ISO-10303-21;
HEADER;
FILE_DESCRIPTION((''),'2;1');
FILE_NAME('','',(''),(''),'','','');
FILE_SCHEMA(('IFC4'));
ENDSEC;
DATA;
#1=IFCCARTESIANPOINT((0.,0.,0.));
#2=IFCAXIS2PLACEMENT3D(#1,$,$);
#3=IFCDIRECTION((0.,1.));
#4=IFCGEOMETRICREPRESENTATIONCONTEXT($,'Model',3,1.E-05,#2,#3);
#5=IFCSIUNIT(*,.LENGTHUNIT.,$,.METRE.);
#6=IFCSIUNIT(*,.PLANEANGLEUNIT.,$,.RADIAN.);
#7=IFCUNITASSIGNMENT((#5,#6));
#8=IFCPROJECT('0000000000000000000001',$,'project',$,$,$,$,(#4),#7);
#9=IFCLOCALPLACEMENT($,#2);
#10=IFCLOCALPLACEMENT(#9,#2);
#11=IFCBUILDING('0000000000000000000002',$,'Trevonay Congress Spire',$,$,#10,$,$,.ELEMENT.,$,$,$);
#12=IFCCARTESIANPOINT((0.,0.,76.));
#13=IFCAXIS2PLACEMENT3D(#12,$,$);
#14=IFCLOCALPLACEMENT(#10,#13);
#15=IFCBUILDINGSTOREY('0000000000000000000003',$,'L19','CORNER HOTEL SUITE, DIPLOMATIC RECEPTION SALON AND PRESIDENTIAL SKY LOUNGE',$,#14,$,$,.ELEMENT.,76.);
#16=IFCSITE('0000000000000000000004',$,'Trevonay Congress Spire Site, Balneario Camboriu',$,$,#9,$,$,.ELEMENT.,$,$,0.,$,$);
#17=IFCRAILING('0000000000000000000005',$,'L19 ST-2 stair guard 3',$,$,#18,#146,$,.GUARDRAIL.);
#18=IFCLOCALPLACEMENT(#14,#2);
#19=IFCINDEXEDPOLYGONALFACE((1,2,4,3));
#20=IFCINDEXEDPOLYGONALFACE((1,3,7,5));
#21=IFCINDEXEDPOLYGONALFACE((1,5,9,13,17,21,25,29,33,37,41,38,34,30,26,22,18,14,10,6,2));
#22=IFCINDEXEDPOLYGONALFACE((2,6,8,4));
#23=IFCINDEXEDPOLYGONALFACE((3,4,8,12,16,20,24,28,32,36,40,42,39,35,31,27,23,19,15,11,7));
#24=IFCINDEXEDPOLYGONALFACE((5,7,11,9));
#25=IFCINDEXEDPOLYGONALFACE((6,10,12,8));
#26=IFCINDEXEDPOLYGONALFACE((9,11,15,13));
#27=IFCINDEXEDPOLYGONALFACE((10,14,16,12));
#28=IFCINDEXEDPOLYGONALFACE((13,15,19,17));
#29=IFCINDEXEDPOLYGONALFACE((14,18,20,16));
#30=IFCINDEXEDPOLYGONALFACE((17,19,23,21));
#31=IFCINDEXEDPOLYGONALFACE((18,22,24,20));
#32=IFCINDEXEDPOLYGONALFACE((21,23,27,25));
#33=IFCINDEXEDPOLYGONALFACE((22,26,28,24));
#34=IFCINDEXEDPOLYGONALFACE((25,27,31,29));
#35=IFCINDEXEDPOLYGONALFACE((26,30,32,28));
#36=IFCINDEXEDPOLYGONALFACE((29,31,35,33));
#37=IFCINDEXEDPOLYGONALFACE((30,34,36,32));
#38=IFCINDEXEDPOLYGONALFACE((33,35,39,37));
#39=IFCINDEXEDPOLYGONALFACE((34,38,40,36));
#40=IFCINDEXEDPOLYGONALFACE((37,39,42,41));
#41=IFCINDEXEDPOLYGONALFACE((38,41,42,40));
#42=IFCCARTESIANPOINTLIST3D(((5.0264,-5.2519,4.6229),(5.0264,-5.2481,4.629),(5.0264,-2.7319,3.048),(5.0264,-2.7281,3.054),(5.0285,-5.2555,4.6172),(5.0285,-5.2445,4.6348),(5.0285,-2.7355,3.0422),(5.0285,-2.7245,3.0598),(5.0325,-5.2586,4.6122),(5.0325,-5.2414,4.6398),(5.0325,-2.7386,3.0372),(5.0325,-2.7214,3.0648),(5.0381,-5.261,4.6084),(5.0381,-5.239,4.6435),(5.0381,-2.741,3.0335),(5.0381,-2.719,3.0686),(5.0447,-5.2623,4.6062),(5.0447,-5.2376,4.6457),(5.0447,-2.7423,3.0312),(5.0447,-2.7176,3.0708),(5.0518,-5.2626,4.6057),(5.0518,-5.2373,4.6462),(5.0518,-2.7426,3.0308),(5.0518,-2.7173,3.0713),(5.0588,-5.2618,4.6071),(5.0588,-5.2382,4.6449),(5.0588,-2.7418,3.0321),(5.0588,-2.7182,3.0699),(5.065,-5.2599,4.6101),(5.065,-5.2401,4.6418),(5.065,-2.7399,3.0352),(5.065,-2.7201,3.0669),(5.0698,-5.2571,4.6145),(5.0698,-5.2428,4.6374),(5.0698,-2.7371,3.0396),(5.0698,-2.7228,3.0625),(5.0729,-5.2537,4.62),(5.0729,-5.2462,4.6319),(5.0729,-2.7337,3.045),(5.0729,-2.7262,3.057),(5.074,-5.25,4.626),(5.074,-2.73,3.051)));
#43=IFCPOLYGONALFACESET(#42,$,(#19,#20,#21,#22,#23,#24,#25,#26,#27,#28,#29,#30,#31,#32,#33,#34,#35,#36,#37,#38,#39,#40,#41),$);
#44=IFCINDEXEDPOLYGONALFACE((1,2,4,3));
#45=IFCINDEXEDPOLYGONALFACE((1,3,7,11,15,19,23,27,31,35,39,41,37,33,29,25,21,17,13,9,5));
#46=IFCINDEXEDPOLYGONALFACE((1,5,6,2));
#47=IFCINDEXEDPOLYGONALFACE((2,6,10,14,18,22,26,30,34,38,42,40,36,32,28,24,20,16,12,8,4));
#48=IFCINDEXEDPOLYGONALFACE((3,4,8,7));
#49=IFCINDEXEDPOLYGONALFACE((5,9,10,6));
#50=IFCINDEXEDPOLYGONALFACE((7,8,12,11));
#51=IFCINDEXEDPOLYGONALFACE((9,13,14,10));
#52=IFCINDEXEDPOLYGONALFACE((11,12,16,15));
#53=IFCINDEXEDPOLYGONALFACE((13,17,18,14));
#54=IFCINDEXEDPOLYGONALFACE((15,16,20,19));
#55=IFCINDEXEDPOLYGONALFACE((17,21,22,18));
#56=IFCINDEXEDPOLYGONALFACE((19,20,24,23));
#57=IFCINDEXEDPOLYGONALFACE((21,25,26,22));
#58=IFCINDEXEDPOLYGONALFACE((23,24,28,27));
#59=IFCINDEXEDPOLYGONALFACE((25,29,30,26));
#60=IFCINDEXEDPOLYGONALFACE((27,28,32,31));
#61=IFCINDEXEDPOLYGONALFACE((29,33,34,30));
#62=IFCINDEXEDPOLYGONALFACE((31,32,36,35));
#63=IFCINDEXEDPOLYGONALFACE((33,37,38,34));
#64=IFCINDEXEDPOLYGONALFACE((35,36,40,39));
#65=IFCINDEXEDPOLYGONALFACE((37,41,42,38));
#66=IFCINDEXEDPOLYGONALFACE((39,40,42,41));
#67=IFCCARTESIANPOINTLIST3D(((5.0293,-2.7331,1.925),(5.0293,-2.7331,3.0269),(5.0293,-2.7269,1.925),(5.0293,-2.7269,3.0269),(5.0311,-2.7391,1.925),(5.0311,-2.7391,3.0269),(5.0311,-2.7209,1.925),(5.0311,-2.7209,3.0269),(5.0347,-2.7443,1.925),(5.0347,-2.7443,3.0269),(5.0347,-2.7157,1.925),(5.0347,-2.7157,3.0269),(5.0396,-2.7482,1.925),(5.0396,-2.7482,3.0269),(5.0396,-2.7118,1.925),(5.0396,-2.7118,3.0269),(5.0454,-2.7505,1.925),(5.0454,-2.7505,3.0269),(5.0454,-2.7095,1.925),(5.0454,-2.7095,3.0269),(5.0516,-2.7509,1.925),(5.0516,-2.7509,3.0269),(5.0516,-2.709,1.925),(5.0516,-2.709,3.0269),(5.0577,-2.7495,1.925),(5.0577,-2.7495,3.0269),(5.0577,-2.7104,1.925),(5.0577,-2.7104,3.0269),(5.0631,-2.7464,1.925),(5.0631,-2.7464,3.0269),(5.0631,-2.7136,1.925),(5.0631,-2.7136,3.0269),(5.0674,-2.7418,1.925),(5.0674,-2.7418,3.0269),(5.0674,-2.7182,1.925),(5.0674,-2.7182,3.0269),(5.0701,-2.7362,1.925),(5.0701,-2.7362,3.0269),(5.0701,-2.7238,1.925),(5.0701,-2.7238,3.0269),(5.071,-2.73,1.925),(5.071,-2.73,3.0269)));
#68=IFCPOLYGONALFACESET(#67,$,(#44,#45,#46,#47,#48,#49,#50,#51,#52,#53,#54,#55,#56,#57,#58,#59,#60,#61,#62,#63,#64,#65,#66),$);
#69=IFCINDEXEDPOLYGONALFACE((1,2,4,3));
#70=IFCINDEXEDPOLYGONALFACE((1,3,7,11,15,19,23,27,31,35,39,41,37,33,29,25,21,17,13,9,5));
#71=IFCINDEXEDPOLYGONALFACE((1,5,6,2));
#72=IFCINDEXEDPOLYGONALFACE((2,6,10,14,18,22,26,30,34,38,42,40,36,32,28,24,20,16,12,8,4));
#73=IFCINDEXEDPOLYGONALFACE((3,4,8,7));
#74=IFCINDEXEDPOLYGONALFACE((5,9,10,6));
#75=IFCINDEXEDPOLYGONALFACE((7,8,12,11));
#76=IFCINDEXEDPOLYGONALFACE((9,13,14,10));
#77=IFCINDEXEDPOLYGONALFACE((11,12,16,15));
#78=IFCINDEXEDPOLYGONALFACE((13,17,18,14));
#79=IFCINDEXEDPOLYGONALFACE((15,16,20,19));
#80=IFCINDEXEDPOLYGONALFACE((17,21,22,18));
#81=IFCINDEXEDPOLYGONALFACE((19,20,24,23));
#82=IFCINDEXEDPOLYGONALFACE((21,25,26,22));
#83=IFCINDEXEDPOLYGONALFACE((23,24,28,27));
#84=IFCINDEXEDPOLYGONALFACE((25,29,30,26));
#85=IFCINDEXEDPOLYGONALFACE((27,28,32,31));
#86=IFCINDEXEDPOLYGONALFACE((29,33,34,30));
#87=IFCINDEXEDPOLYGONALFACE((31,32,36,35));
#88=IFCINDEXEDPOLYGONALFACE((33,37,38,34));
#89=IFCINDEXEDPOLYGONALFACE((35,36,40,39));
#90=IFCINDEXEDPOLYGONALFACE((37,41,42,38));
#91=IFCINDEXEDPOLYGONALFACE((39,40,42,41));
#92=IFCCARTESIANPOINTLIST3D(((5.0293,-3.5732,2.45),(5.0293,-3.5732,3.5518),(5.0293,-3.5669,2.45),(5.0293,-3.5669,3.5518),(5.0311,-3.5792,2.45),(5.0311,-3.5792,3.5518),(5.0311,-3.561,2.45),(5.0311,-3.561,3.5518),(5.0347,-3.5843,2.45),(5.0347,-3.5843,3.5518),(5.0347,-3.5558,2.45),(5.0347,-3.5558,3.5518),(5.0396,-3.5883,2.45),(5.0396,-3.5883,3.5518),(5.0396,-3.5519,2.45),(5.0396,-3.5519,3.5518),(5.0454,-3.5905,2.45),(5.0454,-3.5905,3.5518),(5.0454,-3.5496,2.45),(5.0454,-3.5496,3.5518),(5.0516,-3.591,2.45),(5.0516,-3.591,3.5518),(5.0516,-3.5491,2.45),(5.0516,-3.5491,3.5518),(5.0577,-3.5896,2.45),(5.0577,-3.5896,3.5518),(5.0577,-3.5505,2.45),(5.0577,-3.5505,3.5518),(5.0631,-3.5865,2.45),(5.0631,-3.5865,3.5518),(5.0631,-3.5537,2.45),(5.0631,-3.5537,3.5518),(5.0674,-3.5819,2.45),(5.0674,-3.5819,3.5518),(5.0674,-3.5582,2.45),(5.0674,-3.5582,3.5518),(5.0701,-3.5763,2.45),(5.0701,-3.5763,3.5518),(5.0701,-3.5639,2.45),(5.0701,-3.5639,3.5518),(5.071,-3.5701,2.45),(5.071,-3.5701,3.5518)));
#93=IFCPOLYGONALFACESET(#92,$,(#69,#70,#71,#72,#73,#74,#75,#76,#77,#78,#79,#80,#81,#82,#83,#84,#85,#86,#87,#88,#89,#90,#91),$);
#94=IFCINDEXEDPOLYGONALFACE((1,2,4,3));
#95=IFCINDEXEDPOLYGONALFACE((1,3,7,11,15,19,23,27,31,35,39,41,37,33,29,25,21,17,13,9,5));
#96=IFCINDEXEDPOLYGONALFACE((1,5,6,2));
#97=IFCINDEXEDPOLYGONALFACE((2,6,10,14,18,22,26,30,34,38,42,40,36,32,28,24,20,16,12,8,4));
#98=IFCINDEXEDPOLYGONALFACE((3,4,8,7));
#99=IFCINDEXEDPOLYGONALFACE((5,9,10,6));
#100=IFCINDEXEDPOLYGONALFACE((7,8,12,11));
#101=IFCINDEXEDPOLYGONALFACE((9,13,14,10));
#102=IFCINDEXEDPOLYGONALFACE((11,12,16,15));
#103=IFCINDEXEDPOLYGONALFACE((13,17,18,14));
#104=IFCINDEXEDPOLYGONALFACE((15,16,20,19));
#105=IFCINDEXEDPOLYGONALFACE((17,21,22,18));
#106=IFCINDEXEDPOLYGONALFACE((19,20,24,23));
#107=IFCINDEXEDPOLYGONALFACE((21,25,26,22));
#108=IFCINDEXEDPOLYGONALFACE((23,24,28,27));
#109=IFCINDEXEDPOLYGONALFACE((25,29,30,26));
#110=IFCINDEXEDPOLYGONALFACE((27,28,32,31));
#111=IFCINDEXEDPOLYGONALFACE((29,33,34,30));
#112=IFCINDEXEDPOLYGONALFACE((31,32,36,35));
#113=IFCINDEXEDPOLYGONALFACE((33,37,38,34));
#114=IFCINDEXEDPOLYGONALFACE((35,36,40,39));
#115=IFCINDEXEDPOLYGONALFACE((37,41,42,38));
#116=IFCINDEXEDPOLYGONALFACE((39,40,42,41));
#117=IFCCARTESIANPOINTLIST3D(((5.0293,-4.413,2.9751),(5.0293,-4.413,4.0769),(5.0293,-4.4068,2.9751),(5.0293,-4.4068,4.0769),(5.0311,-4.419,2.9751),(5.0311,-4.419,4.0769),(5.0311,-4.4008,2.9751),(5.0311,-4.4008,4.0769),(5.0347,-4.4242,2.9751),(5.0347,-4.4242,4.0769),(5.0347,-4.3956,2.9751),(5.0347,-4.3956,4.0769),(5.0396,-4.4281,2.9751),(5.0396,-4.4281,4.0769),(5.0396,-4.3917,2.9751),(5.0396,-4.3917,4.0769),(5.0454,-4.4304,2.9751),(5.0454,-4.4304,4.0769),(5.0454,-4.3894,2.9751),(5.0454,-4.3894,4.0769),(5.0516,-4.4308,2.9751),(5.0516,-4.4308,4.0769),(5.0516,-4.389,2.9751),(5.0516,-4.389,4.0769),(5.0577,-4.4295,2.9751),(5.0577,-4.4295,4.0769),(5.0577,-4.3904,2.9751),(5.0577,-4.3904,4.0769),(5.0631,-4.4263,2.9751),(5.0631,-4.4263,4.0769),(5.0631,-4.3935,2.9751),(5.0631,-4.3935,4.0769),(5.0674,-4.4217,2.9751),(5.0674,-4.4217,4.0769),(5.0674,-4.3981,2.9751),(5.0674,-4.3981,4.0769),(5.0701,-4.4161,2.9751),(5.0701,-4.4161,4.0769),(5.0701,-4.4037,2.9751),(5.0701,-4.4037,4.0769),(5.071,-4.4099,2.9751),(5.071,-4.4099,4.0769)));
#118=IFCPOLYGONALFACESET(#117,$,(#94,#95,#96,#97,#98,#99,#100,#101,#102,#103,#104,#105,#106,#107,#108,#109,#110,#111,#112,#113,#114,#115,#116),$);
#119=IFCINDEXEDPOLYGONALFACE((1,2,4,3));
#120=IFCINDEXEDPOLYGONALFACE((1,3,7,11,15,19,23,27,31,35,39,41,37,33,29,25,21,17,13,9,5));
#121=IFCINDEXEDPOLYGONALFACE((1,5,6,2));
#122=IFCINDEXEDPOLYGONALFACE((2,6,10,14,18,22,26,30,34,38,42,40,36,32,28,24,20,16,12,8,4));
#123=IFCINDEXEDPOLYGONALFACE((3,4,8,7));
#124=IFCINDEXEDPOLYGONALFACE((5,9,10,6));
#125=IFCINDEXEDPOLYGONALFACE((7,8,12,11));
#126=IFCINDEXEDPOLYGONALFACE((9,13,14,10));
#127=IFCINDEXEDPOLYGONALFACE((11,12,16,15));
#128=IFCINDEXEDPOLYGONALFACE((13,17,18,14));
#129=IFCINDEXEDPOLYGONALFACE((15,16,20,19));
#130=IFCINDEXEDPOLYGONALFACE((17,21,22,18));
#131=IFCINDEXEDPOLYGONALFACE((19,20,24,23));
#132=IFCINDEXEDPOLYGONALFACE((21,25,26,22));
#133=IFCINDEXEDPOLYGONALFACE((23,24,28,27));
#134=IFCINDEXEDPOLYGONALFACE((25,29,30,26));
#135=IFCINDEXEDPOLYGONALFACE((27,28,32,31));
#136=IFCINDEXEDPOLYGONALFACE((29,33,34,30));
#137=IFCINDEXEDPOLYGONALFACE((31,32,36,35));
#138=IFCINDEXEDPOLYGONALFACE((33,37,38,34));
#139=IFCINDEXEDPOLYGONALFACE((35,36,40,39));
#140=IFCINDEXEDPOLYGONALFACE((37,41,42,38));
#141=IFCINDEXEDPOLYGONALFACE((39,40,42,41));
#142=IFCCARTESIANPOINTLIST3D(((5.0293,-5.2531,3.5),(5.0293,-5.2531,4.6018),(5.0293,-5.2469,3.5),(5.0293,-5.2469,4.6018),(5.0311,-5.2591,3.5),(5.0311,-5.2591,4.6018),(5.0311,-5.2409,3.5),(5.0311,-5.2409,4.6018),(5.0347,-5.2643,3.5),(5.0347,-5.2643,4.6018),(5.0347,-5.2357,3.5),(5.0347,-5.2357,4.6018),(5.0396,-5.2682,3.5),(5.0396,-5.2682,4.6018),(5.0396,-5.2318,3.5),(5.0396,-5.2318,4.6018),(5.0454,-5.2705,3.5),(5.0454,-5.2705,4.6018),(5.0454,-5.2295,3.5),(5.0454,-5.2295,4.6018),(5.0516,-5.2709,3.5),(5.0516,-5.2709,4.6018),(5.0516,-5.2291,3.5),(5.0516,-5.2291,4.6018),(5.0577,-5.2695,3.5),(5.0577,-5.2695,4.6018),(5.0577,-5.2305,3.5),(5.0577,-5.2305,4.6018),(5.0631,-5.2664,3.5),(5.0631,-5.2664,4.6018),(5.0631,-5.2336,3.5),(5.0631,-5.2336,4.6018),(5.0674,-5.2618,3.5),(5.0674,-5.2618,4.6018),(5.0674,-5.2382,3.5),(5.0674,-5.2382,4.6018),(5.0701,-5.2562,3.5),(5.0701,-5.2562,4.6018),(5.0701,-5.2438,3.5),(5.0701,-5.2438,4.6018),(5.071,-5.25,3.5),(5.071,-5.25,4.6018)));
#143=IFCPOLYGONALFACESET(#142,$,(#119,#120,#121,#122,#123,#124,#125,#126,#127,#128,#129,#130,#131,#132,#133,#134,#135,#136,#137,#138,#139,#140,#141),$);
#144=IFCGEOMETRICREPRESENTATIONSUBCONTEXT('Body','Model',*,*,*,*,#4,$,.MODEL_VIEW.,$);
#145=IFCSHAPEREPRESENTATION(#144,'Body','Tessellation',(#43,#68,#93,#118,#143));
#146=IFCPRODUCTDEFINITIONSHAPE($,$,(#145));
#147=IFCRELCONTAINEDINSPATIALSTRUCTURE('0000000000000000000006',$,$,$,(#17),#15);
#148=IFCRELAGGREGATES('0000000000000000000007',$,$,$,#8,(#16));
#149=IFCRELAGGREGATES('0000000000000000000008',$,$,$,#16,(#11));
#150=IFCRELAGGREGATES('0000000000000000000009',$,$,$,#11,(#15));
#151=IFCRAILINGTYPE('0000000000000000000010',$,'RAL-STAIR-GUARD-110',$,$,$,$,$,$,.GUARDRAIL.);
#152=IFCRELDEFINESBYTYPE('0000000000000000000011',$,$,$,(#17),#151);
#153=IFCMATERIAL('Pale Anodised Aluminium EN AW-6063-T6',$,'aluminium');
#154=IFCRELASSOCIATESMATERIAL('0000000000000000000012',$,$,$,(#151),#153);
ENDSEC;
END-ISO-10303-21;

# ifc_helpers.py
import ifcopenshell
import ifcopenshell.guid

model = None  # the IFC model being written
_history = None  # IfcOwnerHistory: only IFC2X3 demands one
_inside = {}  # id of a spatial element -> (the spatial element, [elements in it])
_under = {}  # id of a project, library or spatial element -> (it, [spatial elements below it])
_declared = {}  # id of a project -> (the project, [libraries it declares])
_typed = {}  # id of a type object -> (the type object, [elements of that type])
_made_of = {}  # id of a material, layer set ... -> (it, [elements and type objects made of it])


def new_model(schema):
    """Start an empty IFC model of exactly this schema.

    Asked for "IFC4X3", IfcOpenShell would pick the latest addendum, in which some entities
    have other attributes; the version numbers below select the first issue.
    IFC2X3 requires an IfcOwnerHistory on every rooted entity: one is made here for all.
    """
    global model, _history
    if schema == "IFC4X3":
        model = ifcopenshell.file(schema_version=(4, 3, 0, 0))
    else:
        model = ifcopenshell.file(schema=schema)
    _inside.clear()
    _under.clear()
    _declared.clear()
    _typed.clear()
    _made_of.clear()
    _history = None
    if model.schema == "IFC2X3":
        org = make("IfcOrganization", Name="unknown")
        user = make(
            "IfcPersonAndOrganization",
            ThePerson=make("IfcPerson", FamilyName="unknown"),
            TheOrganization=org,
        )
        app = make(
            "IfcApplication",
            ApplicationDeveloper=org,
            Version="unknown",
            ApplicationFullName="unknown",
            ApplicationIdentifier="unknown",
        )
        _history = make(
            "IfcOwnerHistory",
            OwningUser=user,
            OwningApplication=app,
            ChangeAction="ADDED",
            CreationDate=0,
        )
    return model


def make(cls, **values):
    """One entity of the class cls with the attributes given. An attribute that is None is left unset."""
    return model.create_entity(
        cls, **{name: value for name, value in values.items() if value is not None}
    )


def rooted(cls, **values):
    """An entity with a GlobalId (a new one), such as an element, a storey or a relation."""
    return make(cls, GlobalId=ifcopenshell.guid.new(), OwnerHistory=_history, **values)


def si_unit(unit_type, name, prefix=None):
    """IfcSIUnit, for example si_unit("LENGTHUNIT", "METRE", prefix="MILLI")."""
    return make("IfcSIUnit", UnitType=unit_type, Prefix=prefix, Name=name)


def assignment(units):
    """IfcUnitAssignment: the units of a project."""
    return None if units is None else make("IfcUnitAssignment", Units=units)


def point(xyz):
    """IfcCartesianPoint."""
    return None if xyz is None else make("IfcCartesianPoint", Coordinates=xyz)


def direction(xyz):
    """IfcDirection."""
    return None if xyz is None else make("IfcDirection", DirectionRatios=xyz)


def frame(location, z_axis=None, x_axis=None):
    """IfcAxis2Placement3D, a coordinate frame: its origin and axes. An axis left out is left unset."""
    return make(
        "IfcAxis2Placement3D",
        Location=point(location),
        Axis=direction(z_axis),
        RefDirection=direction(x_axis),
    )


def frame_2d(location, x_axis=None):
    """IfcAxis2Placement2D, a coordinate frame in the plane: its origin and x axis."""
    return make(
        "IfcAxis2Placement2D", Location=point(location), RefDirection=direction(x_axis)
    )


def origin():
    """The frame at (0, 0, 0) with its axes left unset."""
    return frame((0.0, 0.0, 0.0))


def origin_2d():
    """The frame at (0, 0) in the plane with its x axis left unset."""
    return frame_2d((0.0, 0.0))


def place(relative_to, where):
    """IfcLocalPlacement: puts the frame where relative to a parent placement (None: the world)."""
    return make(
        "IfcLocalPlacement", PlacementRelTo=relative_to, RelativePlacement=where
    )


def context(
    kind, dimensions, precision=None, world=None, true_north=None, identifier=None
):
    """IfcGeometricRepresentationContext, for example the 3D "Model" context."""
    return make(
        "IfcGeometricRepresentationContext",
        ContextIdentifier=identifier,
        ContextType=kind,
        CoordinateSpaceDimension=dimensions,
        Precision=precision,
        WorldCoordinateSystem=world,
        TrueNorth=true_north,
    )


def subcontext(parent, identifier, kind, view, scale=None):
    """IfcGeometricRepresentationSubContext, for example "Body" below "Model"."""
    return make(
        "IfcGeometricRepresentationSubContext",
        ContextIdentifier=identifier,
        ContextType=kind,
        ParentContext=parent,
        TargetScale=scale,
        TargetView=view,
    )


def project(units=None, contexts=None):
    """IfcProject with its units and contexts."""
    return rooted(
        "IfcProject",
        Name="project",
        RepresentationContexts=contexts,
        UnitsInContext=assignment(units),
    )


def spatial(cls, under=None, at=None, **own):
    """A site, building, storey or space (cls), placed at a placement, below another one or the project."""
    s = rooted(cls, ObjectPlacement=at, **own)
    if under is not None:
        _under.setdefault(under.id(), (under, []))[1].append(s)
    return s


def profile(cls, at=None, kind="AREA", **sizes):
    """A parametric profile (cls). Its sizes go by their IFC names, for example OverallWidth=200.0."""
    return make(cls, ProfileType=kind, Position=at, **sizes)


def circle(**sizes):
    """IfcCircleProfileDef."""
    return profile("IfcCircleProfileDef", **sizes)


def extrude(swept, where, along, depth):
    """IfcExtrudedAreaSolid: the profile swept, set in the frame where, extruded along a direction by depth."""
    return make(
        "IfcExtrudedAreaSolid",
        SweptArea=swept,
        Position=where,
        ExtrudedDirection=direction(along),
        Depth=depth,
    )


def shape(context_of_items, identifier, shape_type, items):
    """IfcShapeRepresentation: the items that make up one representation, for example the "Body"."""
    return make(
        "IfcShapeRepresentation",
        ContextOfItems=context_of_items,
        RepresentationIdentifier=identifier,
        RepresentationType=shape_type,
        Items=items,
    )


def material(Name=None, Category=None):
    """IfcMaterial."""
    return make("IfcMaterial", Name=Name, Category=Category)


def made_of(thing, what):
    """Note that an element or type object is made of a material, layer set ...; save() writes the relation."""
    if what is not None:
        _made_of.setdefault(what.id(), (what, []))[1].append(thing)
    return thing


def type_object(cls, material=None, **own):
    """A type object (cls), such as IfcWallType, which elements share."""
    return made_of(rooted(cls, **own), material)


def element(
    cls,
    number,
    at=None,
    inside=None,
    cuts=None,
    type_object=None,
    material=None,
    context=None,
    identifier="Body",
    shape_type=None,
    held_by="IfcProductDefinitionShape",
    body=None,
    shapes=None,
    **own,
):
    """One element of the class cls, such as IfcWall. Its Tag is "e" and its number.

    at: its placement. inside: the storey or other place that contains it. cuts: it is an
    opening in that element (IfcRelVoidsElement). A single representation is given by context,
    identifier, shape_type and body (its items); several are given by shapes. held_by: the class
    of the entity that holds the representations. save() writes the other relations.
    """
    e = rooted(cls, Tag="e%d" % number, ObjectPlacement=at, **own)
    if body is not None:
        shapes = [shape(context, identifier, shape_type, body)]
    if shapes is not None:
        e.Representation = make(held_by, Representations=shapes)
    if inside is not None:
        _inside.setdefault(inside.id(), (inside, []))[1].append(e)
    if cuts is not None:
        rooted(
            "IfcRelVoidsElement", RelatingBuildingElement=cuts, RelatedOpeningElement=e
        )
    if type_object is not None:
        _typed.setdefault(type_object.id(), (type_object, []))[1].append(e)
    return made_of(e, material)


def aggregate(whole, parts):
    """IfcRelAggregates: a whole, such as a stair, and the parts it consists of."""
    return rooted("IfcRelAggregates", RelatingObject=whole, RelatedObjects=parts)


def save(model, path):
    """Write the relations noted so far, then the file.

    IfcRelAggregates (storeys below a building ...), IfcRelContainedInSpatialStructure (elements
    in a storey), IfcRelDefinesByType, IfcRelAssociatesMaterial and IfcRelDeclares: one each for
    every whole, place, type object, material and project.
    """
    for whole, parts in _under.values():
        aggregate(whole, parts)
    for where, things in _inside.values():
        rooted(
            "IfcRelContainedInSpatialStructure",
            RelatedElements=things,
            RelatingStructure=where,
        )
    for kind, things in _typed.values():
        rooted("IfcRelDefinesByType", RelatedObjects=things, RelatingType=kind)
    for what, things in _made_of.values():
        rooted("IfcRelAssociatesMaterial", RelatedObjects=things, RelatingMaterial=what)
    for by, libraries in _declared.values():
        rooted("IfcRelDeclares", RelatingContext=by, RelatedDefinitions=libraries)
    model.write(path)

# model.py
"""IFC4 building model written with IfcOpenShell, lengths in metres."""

from ifc_helpers import new_model, si_unit, direction, frame, origin, origin_2d, place, context, subcontext, project, spatial, circle, extrude, material, type_object, element, save


model = new_model("IFC4")

# Units and contexts
model_context = context("Model", 3, precision=1e-05, world=origin(), true_north=direction((0.0, 1.0)))
body_context = subcontext(model_context, "Body", "Model", "MODEL_VIEW")
ifc_project = project(units=[si_unit("LENGTHUNIT", "METRE"), si_unit("PLANEANGLEUNIT", "RADIAN")], contexts=[model_context])

# Site, building, storey
site_placement = place(None, origin())
site = spatial("IfcSite", under=ifc_project, at=site_placement, Name="Trevonay Congress Spire Site, Balneario Camboriu", CompositionType="ELEMENT", RefElevation=0.0)
building_placement = place(site_placement, origin())
building = spatial("IfcBuilding", under=site, at=building_placement, Name="Trevonay Congress Spire", CompositionType="ELEMENT")
storey_placement = place(building_placement, frame((0.0, 0.0, 76.0)))
storey = spatial("IfcBuildingStorey", under=building, at=storey_placement, Name="L19", Description="CORNER HOTEL SUITE, DIPLOMATIC RECEPTION SALON AND PRESIDENTIAL SKY LOUNGE", CompositionType="ELEMENT", Elevation=76.0)

# Railing
ifc_material_1 = material(Name="Pale Anodised Aluminium EN AW-6063-T6", Category="aluminium")
railing_type_1 = type_object("IfcRailingType", Name="RAL-STAIR-GUARD-110", PredefinedType="GUARDRAIL", material=ifc_material_1)
railing_1_placement = place(storey_placement, frame((5.05, -2.73, 1.925)))
element("IfcRailing", 1, at=railing_1_placement, inside=storey, type_object=railing_type_1, Name="L19 ST-2 stair guard 3", PredefinedType="GUARDRAIL", context=body_context, shape_type="SweptSolid", body=[
    extrude(circle(Radius=0.0239, at=origin_2d()), frame((0.0, 0.0, 1.126), z_axis=(0.0, -0.848008, 0.529984), x_axis=(1.0, 0.0, 0.0)), (0.0, 0.0, 1.0), 2.9717),
    extrude(circle(Radius=0.021, at=origin_2d()), origin(), (0.0, 0.0, 1.0), 1.1018),
    extrude(circle(Radius=0.021, at=origin_2d()), frame((0.0, -0.8401, 0.5249)), (0.0, 0.0, 1.0), 1.1018),
    extrude(circle(Radius=0.021, at=origin_2d()), frame((0.0, -1.6799, 1.05)), (0.0, 0.0, 1.0), 1.1018),
    extrude(circle(Radius=0.021, at=origin_2d()), frame((0.0, -2.52, 1.575)), (0.0, 0.0, 1.0), 1.1018),
])

save(model, "model.ifc")
